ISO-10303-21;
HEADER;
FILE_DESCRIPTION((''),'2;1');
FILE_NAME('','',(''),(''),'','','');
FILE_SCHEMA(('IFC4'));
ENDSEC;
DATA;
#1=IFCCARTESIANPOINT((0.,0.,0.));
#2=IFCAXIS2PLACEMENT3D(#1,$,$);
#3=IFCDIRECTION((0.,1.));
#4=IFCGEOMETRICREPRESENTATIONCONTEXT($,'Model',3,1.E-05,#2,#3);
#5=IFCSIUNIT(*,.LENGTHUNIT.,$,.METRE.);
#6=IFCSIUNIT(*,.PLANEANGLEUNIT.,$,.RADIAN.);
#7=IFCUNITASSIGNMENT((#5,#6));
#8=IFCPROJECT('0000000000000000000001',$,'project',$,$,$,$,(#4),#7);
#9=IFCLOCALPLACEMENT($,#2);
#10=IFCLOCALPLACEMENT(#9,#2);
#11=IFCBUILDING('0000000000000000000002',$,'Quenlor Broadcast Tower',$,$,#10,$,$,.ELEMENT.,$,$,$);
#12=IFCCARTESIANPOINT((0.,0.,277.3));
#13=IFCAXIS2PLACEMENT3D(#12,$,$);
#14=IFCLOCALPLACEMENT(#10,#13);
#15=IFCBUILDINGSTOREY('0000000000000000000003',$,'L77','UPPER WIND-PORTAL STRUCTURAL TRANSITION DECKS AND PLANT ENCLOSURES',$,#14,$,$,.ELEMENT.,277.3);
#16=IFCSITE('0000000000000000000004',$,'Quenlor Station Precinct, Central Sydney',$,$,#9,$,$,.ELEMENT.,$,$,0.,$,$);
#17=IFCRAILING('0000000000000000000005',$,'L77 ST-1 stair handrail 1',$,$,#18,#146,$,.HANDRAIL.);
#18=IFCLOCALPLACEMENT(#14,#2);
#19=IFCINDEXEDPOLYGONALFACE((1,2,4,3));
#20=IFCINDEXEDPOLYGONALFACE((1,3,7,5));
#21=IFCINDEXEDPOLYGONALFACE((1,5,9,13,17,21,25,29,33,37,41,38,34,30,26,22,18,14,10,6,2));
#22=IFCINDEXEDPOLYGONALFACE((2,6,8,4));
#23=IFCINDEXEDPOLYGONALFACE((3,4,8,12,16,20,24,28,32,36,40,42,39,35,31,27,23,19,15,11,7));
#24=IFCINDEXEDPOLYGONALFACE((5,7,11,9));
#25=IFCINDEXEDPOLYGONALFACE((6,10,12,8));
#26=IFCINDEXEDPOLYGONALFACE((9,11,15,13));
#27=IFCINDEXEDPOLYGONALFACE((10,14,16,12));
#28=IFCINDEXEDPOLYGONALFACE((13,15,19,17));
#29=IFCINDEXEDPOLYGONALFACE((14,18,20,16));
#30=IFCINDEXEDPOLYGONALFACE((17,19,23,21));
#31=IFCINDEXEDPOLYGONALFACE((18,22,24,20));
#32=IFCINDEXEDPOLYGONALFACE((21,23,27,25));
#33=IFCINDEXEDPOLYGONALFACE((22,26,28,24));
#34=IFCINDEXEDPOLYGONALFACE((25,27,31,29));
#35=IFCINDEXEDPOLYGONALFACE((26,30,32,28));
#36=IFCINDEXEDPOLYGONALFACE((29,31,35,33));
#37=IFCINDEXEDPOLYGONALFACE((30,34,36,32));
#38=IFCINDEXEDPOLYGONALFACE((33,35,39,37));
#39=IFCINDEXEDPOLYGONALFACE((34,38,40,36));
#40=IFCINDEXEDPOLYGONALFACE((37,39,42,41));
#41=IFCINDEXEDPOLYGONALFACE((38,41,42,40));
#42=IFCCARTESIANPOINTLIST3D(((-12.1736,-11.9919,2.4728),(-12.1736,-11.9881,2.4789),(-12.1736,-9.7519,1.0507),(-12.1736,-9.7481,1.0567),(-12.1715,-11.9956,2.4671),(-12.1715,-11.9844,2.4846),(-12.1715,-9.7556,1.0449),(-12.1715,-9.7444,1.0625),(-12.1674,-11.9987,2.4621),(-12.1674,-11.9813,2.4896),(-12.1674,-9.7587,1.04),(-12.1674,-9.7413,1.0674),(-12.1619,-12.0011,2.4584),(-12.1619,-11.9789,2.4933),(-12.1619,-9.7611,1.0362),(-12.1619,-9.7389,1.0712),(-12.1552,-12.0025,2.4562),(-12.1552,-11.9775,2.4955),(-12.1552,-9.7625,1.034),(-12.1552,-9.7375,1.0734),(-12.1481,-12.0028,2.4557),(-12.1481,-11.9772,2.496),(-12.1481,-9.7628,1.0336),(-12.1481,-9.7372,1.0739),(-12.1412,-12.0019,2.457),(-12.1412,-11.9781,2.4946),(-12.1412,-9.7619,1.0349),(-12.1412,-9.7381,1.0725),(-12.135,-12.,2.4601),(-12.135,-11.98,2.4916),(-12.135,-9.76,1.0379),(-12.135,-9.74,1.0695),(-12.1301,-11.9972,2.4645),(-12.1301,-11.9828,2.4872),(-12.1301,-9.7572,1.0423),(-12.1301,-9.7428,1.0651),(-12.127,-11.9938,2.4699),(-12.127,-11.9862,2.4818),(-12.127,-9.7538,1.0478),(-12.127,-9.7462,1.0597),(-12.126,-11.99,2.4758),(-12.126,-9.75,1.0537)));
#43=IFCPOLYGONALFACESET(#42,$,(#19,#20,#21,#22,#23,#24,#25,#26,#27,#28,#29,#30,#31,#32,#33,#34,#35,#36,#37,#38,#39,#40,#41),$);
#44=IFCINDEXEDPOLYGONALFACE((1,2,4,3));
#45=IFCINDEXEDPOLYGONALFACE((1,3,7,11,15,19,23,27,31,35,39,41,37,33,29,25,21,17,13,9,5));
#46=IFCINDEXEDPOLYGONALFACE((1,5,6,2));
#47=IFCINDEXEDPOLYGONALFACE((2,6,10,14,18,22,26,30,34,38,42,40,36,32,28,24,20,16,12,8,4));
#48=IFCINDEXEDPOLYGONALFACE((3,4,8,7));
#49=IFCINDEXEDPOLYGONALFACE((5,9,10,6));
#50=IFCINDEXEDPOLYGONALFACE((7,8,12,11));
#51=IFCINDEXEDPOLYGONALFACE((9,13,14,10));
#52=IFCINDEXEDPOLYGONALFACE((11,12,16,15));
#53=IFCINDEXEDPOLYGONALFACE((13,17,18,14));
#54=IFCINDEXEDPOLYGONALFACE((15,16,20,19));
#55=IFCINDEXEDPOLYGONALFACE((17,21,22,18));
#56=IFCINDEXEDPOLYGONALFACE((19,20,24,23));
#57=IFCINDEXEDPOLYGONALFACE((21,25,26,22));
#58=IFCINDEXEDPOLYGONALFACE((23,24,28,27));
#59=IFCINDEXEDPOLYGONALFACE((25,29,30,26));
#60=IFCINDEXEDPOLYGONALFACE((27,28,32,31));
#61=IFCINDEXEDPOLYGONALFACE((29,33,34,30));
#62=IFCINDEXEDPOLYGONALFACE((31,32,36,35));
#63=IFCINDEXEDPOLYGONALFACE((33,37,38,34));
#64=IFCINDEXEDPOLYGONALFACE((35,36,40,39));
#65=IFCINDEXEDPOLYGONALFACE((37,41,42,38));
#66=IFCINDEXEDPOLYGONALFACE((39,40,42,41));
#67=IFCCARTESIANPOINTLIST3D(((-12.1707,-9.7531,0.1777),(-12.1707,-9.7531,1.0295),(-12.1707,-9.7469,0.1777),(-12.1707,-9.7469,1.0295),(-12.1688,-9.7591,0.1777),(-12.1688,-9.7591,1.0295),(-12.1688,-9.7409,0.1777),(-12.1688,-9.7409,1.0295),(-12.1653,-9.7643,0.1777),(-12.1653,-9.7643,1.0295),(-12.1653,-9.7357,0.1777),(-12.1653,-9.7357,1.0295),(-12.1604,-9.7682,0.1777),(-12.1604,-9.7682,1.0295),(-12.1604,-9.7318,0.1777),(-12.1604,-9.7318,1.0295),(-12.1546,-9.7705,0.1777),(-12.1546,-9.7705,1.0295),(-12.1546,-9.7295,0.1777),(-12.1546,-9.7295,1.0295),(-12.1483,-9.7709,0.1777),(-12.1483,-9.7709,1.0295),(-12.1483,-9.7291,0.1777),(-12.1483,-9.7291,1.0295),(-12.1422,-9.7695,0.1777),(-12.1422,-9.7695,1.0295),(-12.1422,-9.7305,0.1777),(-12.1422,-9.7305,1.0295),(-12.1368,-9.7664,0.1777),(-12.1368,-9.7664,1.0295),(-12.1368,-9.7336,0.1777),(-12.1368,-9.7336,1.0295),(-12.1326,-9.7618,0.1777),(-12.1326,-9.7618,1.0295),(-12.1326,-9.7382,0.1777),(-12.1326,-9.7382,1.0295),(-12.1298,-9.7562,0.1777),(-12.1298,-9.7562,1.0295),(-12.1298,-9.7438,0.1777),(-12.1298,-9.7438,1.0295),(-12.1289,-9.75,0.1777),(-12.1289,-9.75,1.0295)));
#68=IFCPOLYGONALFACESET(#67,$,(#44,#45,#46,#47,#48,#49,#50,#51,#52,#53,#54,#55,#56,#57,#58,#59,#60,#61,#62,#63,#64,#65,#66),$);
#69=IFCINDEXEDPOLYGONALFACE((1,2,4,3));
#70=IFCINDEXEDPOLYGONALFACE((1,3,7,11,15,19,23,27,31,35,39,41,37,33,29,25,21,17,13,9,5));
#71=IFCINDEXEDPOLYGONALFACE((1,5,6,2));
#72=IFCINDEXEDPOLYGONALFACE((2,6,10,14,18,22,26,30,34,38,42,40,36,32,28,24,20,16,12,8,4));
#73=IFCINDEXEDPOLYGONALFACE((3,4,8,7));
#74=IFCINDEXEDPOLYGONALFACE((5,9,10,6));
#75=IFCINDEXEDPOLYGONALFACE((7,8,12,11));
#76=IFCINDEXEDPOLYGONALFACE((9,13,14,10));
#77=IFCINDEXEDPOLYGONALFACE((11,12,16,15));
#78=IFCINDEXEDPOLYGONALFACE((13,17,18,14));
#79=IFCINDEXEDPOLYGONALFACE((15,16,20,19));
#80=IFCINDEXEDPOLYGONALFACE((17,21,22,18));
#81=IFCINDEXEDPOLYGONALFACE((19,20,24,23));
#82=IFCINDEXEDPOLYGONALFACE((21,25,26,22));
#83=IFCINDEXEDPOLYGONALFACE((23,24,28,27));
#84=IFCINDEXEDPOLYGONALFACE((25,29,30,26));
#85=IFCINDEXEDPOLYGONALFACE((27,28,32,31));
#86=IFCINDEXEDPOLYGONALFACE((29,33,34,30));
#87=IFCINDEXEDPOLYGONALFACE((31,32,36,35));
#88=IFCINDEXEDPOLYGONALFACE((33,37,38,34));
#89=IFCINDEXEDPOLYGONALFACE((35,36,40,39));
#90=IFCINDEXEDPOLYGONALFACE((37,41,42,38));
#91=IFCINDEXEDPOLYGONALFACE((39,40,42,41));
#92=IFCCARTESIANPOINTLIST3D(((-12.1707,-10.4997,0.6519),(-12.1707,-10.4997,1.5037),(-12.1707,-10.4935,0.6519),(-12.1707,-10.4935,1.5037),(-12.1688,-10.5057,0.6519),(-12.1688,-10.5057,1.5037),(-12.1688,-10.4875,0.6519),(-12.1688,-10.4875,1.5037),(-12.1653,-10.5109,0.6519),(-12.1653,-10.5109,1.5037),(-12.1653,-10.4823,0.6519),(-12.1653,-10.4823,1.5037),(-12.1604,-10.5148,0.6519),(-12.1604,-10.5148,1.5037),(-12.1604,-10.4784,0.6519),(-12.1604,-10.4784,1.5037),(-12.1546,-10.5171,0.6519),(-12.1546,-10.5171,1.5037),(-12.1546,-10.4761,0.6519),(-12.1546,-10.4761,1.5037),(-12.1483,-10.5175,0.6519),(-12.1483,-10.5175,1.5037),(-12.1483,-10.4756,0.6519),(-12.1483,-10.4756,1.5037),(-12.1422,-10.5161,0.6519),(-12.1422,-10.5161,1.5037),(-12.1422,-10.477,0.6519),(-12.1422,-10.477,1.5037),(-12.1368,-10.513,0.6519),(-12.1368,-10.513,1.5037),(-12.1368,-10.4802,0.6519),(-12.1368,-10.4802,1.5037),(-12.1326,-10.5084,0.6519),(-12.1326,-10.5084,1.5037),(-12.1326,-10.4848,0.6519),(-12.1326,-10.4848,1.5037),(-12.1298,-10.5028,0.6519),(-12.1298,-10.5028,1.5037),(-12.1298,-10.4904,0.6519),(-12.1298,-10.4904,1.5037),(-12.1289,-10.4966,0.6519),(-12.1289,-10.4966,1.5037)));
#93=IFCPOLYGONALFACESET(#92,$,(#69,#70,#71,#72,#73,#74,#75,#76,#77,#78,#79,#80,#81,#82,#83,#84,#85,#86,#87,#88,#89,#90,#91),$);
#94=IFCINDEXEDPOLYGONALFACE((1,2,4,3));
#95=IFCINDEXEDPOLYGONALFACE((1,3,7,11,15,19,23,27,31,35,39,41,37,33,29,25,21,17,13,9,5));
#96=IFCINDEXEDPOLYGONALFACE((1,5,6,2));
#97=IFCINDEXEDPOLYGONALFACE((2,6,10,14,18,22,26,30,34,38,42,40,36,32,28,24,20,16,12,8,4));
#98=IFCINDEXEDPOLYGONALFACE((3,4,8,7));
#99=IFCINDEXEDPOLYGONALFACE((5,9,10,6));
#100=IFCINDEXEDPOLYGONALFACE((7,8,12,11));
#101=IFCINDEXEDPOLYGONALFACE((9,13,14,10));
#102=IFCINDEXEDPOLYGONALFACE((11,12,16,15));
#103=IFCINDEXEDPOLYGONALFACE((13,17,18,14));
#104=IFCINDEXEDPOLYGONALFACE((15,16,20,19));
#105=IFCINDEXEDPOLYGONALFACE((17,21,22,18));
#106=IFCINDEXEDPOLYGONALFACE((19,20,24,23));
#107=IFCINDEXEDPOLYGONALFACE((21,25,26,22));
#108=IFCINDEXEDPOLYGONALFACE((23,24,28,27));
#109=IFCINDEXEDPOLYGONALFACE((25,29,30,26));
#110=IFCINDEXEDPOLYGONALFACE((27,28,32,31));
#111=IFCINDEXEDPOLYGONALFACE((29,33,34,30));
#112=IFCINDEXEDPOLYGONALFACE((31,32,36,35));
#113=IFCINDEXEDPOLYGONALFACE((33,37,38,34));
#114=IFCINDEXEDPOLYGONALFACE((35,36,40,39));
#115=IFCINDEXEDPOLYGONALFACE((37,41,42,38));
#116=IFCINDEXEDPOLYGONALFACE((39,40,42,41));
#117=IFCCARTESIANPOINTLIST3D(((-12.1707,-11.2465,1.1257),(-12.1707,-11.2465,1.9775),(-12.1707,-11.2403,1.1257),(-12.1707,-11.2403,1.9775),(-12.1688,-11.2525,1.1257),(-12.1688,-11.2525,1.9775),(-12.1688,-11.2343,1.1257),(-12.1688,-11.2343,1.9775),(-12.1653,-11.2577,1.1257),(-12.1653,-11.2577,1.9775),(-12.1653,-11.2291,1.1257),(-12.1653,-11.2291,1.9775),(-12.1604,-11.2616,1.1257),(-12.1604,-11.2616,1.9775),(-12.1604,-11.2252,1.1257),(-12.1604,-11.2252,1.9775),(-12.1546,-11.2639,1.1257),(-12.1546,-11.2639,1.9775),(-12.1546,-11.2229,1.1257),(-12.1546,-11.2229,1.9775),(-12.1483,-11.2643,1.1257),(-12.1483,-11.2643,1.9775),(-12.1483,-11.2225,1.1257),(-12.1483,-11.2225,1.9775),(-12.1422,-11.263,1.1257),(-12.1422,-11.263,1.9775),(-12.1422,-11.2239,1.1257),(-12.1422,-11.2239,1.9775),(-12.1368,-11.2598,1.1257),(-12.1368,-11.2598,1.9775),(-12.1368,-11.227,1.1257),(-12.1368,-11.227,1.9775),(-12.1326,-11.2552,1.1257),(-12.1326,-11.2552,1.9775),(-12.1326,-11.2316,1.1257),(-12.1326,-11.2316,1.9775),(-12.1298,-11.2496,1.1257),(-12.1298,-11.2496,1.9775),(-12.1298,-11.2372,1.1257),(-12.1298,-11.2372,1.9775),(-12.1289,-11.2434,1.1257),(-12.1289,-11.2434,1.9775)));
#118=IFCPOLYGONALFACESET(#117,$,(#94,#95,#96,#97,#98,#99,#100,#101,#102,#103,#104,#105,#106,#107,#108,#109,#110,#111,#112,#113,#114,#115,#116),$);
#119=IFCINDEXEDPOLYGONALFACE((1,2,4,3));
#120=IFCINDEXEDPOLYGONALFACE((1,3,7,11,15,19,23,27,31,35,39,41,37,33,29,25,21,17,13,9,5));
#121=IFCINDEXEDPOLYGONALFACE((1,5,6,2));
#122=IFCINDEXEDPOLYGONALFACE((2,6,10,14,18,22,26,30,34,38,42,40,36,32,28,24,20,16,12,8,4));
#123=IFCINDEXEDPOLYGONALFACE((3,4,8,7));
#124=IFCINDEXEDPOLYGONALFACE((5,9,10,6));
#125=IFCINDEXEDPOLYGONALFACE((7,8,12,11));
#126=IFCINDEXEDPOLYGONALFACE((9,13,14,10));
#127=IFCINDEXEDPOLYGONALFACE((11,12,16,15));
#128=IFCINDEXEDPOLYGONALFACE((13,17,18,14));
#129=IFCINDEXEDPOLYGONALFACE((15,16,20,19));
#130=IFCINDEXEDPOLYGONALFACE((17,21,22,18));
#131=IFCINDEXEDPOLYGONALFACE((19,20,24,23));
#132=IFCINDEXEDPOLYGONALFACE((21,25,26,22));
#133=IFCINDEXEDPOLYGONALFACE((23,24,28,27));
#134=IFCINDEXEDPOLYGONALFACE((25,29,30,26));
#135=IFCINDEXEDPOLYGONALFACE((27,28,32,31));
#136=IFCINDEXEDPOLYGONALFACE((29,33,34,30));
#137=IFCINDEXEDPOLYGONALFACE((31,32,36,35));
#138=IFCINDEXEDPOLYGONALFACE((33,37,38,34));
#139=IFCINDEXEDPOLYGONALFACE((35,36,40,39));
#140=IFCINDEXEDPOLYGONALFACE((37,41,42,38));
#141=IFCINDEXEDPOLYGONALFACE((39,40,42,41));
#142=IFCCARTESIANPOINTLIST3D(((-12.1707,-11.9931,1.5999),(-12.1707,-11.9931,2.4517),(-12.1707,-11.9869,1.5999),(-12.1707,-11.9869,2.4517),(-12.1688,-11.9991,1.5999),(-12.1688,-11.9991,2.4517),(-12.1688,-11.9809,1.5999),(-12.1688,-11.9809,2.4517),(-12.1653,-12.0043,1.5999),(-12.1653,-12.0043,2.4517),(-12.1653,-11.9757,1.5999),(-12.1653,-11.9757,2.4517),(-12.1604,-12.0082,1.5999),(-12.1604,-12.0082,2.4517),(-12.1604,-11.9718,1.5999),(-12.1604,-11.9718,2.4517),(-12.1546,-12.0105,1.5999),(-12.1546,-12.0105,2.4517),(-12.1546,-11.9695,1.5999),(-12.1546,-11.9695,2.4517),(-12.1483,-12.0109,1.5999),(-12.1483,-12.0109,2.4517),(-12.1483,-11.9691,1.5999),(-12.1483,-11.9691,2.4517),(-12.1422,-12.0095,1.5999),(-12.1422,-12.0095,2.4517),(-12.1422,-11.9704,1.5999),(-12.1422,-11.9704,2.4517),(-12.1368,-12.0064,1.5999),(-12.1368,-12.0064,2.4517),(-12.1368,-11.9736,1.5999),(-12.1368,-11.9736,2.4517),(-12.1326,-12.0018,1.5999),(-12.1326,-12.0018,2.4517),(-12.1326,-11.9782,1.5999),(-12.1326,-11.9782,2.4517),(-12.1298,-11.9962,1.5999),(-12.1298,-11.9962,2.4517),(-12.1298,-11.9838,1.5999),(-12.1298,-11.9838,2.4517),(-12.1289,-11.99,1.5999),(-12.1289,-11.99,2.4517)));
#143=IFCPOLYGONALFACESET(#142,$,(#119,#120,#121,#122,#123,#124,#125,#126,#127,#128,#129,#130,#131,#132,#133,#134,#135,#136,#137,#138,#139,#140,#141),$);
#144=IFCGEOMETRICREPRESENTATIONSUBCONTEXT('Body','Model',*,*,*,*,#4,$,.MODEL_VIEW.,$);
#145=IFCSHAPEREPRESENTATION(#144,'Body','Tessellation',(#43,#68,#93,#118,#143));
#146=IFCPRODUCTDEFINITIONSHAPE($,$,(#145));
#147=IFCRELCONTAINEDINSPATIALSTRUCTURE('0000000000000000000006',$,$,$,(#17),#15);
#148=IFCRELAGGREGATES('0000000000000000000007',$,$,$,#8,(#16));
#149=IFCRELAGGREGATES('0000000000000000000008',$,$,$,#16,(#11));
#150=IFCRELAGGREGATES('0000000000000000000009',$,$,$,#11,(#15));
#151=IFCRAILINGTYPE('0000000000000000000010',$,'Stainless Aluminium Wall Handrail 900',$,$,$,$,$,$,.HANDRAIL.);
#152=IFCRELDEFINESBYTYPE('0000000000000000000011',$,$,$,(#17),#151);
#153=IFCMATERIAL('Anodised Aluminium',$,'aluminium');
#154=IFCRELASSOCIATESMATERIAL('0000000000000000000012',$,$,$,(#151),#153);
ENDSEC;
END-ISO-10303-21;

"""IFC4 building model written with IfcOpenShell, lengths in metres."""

from ifc_helpers import new_model, si_unit, direction, frame, origin, origin_2d, place, context, subcontext, project, spatial, circle, extrude, material, type_object, element, save


model = new_model("IFC4")

# Units and contexts
model_context = context("Model", 3, precision=1e-05, world=origin(), true_north=direction((0.0, 1.0)))
body_context = subcontext(model_context, "Body", "Model", "MODEL_VIEW")
ifc_project = project(units=[si_unit("LENGTHUNIT", "METRE"), si_unit("PLANEANGLEUNIT", "RADIAN")], contexts=[model_context])

# Site, building, storey
site_placement = place(None, origin())
site = spatial("IfcSite", under=ifc_project, at=site_placement, Name="Quenlor Station Precinct, Central Sydney", CompositionType="ELEMENT", RefElevation=0.0)
building_placement = place(site_placement, origin())
building = spatial("IfcBuilding", under=site, at=building_placement, Name="Quenlor Broadcast Tower", CompositionType="ELEMENT")
storey_placement = place(building_placement, frame((0.0, 0.0, 277.3)))
storey = spatial("IfcBuildingStorey", under=building, at=storey_placement, Name="L77", Description="UPPER WIND-PORTAL STRUCTURAL TRANSITION DECKS AND PLANT ENCLOSURES", CompositionType="ELEMENT", Elevation=277.3)

# Railing
ifc_material_1 = material(Name="Anodised Aluminium", Category="aluminium")
railing_type_1 = type_object("IfcRailingType", Name="Stainless Aluminium Wall Handrail 900", PredefinedType="HANDRAIL", material=ifc_material_1)
railing_1_placement = place(storey_placement, frame((-12.1499, -9.75, 0.1777)))
element("IfcRailing", 1, at=railing_1_placement, inside=storey, type_object=railing_type_1, Name="L77 ST-1 stair handrail 1", PredefinedType="HANDRAIL", context=body_context, shape_type="SweptSolid", body=[
    extrude(circle(Radius=0.0239, at=origin_2d()), frame((0.0, 0.0, 0.876), z_axis=(0.0, -0.844229, 0.535982), x_axis=(1.0, 0.0, 0.0)), (0.0, 0.0, 1.0), 2.6533),
    extrude(circle(Radius=0.021, at=origin_2d()), origin(), (0.0, 0.0, 1.0), 0.8518),
    extrude(circle(Radius=0.021, at=origin_2d()), frame((0.0, -0.7466, 0.4741)), (0.0, 0.0, 1.0), 0.8518),
    extrude(circle(Radius=0.021, at=origin_2d()), frame((0.0, -1.4934, 0.948)), (0.0, 0.0, 1.0), 0.8518),
    extrude(circle(Radius=0.021, at=origin_2d()), frame((0.0, -2.24, 1.4221)), (0.0, 0.0, 1.0), 0.8518),
])

save(model, "model.ifc")
